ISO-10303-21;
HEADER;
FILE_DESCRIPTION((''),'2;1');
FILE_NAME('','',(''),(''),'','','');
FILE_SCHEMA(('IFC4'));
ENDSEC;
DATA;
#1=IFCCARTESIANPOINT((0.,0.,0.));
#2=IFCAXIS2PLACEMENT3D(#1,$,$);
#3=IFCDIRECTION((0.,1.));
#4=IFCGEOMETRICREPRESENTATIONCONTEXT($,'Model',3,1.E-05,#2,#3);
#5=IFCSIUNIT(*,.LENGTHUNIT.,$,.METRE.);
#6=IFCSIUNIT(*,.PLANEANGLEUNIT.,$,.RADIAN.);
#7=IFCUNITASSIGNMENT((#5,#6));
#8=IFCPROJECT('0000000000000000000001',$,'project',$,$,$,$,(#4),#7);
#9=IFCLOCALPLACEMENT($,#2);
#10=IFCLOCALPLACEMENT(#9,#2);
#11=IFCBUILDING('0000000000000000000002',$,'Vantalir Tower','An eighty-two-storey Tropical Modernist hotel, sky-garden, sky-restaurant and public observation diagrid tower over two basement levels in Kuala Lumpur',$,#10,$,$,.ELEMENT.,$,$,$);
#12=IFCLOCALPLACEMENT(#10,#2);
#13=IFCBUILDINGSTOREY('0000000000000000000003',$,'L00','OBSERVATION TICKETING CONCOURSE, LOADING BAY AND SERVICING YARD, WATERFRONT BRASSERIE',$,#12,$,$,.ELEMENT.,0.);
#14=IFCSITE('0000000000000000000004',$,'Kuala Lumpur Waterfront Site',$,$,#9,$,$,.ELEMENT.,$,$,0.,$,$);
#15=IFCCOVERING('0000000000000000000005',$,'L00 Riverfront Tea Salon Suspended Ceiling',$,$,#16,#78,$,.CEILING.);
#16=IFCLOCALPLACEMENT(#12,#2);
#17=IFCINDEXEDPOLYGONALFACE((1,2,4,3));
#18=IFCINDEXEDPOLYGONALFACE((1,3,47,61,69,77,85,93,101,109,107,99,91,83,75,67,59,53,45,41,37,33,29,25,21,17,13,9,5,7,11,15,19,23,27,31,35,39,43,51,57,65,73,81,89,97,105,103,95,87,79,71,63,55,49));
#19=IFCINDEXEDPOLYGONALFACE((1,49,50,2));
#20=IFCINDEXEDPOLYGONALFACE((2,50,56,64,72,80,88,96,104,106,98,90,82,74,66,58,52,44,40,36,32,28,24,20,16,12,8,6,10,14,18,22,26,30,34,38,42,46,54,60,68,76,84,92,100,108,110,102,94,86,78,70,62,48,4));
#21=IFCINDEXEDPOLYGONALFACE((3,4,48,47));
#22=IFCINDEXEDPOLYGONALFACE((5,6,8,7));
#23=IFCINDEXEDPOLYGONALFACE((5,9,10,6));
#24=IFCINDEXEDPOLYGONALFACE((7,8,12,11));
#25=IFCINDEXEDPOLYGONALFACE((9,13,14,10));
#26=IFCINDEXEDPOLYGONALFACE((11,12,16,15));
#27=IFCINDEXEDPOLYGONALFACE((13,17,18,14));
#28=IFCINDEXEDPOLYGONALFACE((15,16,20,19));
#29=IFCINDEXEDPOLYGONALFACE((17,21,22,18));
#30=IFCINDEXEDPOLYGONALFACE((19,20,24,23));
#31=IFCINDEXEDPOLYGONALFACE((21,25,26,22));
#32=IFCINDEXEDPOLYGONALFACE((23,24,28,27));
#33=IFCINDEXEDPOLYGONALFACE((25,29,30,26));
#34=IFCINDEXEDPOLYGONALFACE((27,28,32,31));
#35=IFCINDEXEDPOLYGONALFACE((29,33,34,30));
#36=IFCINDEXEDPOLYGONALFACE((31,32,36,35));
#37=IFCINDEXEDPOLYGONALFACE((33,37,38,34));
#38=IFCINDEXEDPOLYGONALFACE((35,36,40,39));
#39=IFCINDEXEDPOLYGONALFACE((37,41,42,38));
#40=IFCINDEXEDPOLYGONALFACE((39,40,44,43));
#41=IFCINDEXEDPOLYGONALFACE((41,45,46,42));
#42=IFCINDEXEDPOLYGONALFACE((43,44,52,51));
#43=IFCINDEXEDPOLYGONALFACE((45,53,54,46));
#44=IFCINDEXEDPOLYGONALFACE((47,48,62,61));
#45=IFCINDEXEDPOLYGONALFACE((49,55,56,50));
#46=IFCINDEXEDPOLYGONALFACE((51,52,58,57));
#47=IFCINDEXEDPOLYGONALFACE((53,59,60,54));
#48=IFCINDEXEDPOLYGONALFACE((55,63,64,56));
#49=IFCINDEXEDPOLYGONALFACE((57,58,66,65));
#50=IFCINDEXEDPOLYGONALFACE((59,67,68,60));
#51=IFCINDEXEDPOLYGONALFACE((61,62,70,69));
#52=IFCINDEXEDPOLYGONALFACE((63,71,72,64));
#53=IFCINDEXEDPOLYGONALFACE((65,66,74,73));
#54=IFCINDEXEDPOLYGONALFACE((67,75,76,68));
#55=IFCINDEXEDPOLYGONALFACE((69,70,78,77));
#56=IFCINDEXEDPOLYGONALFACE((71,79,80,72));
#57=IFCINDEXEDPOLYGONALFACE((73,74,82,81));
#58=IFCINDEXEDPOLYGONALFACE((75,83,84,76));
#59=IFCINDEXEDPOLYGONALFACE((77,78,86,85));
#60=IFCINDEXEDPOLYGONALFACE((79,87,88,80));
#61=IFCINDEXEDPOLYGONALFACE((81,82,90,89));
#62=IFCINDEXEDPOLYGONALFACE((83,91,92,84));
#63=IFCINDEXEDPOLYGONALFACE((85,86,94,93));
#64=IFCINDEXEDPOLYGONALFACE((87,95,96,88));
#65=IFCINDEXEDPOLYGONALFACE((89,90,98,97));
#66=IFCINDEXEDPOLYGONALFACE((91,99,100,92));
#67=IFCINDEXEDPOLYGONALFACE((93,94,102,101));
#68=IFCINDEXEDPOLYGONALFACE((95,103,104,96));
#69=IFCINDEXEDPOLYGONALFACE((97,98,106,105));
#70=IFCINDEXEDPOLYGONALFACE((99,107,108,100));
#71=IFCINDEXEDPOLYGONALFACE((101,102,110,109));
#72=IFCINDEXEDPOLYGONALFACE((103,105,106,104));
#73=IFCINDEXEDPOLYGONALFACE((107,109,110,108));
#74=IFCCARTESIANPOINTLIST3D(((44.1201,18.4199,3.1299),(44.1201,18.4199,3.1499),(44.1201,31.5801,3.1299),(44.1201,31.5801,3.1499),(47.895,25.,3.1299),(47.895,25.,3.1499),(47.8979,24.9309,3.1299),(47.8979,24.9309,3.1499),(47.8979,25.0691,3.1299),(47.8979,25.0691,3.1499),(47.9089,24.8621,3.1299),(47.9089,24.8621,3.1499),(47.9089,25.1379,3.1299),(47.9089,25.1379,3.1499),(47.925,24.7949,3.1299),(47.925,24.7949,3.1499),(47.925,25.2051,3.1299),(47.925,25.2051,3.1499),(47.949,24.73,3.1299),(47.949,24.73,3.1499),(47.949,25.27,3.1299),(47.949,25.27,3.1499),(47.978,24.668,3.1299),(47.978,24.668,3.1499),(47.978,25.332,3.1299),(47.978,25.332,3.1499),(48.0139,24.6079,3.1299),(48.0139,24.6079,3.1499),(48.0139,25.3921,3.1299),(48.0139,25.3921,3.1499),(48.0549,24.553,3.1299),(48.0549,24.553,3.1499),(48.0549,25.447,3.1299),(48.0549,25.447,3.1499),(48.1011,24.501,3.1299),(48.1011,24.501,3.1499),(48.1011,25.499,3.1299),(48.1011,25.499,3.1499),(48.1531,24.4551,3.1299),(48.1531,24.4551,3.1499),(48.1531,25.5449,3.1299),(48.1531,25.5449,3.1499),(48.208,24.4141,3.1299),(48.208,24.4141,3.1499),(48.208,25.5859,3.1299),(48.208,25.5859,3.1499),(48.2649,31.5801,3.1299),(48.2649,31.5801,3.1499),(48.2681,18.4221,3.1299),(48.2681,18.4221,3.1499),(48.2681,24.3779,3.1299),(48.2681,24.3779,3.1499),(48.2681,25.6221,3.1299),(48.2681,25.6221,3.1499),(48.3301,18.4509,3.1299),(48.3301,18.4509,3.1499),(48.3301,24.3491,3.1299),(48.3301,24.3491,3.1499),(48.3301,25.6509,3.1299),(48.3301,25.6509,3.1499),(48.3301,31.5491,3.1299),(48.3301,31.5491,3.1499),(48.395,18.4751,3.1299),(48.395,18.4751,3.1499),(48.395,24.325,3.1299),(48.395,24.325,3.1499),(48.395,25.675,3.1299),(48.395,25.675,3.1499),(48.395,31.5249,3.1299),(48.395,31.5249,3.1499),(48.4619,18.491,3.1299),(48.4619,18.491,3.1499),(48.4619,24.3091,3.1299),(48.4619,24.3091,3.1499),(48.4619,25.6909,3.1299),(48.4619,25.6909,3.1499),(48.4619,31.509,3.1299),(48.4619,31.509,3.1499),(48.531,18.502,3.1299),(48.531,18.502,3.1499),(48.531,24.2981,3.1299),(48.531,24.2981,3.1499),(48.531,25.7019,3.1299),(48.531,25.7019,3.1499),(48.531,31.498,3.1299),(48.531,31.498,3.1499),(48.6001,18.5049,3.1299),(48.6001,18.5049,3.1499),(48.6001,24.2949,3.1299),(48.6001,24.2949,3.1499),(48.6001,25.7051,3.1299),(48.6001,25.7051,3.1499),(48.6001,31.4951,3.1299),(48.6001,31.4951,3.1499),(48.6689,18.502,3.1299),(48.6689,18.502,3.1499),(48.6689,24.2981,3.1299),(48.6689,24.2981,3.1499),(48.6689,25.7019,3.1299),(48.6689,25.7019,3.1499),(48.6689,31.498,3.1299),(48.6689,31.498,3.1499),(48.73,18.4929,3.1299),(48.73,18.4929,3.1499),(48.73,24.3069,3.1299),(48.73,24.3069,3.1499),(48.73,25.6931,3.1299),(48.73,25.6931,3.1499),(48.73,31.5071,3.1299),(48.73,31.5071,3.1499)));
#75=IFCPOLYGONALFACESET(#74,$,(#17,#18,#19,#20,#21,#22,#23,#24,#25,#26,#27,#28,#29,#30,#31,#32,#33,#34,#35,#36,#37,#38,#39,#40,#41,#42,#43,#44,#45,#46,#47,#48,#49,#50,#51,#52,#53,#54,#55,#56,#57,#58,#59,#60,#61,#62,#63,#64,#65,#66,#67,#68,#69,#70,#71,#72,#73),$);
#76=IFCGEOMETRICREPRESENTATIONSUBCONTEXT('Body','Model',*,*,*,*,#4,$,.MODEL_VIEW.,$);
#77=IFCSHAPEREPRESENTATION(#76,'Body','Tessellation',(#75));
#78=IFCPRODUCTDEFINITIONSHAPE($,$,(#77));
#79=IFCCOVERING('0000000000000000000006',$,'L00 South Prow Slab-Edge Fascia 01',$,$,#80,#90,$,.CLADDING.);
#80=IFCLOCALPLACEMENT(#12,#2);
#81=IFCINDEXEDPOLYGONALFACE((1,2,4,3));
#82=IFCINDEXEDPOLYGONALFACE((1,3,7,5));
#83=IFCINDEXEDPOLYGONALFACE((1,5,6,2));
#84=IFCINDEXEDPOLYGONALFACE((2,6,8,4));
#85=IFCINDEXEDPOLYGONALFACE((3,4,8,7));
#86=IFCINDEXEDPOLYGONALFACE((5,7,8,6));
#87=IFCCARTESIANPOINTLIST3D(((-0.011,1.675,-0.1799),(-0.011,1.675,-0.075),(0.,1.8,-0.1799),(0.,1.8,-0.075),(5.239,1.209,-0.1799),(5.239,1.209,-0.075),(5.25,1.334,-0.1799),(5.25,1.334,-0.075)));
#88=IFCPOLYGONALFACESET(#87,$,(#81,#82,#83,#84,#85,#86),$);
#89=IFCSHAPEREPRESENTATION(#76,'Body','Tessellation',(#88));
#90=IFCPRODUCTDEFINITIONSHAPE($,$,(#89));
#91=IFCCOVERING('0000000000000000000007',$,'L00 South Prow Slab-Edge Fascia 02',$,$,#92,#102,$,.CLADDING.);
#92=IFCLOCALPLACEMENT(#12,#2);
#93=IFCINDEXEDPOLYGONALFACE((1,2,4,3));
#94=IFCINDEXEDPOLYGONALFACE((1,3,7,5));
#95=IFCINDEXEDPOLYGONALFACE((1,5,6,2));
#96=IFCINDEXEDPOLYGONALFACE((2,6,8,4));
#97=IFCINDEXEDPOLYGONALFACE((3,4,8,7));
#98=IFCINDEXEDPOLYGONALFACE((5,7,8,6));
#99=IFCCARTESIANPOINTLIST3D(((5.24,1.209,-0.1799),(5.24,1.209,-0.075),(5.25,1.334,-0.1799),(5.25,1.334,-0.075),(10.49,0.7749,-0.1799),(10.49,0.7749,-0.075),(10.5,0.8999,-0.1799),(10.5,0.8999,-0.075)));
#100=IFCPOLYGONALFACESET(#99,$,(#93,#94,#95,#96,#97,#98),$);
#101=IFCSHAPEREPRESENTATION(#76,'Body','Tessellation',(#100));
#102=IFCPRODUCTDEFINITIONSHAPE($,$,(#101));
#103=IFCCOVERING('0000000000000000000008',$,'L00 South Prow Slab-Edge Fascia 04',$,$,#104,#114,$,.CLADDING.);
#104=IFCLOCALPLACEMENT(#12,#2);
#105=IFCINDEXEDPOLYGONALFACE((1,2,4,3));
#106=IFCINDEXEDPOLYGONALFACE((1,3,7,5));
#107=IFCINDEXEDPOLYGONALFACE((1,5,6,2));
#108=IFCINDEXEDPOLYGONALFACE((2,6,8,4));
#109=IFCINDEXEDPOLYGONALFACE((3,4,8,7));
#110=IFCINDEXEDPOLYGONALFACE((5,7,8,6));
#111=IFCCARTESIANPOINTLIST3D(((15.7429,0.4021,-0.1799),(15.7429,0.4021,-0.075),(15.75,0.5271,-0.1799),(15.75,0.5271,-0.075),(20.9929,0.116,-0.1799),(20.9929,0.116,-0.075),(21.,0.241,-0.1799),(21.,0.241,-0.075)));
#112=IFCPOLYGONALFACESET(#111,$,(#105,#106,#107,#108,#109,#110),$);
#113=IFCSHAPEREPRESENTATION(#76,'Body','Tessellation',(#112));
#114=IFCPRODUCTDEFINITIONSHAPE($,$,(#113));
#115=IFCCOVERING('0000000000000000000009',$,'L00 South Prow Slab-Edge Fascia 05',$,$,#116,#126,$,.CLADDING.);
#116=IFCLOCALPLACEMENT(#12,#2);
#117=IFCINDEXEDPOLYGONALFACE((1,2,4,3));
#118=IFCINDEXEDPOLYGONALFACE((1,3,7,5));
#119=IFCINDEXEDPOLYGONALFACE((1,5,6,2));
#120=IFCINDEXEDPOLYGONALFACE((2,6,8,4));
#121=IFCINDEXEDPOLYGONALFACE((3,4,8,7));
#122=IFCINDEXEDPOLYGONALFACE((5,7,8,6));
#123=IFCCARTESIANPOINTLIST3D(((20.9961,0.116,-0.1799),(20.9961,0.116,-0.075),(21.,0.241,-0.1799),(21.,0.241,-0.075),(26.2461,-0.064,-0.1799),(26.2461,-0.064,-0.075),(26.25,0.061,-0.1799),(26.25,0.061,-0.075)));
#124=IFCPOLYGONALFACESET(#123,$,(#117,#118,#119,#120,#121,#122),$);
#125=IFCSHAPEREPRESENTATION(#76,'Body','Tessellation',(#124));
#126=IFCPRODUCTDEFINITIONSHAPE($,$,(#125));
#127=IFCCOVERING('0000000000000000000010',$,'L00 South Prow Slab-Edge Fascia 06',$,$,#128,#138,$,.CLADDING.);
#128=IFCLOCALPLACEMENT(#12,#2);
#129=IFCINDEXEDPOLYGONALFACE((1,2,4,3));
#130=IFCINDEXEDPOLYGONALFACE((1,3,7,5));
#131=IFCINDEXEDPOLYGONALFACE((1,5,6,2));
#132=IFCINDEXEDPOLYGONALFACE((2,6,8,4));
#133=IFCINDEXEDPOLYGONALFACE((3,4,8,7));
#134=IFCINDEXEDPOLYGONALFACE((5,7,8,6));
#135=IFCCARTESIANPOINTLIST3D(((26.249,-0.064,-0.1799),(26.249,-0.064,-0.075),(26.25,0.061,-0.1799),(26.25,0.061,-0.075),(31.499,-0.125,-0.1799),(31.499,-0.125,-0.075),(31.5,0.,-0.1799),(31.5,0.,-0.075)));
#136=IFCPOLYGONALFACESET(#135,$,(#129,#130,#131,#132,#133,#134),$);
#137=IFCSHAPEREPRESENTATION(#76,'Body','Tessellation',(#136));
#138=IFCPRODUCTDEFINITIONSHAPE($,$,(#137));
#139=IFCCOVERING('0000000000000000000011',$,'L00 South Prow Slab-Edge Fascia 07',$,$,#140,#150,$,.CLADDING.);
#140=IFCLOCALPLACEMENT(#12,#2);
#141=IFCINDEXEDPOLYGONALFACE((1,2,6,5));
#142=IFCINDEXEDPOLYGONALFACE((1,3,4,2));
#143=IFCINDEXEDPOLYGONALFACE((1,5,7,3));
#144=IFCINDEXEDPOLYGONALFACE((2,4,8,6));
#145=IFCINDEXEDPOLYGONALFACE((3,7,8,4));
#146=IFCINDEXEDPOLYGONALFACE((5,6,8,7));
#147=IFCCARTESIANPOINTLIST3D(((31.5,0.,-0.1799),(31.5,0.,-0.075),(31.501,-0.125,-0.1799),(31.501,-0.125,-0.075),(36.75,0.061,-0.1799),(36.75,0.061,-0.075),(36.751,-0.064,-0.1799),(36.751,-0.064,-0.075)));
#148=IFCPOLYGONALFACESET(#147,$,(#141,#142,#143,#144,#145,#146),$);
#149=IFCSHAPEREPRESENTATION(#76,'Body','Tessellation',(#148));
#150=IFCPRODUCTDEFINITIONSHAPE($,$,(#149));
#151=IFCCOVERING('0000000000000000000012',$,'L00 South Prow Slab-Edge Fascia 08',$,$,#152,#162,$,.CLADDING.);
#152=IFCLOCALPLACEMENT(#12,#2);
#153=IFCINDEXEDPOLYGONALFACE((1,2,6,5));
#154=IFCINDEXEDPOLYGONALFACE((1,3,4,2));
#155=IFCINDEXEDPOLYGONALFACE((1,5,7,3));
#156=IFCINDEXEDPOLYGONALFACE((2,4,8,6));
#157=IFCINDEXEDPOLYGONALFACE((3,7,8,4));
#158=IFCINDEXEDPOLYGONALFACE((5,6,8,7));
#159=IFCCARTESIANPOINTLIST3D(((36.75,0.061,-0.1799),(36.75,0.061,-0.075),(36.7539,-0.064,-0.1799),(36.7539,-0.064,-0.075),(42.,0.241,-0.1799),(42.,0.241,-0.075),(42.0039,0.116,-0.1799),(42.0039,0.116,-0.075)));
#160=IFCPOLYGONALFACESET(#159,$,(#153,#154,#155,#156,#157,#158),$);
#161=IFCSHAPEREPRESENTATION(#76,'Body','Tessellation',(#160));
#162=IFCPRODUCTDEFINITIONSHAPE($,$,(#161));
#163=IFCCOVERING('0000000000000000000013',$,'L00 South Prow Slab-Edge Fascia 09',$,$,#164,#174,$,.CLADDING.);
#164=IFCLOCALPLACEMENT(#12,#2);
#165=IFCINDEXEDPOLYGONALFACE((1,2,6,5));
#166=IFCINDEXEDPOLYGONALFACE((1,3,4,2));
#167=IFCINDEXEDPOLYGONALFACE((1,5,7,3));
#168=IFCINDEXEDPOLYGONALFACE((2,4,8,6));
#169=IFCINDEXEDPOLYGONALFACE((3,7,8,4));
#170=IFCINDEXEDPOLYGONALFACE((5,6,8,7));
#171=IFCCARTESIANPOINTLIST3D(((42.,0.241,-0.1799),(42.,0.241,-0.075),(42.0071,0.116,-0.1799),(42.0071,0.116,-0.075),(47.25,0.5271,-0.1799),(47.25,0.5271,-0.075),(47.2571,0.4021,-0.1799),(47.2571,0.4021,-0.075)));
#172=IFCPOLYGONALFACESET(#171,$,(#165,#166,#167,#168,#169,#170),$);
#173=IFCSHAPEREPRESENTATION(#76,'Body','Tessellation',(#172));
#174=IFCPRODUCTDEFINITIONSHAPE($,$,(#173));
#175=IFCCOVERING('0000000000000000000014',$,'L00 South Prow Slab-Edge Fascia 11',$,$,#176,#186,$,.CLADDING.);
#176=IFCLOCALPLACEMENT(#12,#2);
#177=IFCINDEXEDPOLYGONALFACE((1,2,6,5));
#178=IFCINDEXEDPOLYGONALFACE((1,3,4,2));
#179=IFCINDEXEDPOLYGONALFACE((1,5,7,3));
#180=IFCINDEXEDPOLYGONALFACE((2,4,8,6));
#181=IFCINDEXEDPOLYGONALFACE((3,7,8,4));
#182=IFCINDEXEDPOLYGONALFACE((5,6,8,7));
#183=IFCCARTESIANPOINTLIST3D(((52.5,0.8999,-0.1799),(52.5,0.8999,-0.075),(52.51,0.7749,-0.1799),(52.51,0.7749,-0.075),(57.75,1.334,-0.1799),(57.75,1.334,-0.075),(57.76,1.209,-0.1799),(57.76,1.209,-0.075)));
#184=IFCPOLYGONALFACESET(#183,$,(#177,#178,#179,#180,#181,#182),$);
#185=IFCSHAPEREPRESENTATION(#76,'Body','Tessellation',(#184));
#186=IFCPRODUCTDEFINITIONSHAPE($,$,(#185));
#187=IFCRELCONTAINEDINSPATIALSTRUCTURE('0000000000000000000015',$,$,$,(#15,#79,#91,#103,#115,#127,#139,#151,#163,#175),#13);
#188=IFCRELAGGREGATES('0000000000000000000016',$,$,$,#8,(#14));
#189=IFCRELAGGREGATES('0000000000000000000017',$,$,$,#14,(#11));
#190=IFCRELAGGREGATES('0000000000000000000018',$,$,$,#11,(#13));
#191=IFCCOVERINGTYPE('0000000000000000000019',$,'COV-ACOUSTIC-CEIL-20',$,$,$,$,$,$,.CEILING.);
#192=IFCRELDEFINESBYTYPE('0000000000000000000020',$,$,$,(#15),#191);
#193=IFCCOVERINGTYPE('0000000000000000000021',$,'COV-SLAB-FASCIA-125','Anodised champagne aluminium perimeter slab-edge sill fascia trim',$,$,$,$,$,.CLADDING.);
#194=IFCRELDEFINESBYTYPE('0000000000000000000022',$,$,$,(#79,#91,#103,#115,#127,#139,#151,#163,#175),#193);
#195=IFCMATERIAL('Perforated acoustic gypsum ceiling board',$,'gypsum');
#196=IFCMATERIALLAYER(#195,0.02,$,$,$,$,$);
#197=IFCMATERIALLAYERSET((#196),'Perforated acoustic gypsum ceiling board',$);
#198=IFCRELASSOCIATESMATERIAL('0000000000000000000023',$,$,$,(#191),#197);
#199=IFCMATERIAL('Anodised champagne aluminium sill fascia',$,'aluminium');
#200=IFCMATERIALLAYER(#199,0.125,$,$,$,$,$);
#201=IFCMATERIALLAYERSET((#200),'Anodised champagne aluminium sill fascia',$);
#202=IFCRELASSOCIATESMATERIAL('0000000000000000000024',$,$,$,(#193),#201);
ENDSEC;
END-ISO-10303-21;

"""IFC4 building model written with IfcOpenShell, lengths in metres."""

from ifc_helpers import new_model, si_unit, direction, frame, origin, place, context, subcontext, project, spatial, polyline, outline, extrude, material, layer, layer_set, type_object, element, save


model = new_model("IFC4")

# Units and contexts
model_context = context("Model", 3, precision=1e-05, world=origin(), true_north=direction((0.0, 1.0)))
body_context = subcontext(model_context, "Body", "Model", "MODEL_VIEW")
ifc_project = project(units=[si_unit("LENGTHUNIT", "METRE"), si_unit("PLANEANGLEUNIT", "RADIAN")], contexts=[model_context])

# Site, building, storey
site_placement = place(None, origin())
site = spatial("IfcSite", under=ifc_project, at=site_placement, Name="Kuala Lumpur Waterfront Site", CompositionType="ELEMENT", RefElevation=0.0)
building_placement = place(site_placement, origin())
building = spatial("IfcBuilding", under=site, at=building_placement, Name="Vantalir Tower", Description="An eighty-two-storey Tropical Modernist hotel, sky-garden, sky-restaurant and public observation diagrid tower over two basement levels in Kuala Lumpur", CompositionType="ELEMENT")
storey_placement = place(building_placement, origin())
storey = spatial("IfcBuildingStorey", under=building, at=storey_placement, Name="L00", Description="OBSERVATION TICKETING CONCOURSE, LOADING BAY AND SERVICING YARD, WATERFRONT BRASSERIE", CompositionType="ELEMENT", Elevation=0.0)

# Coverings
ifc_material_1 = material(Name="Perforated acoustic gypsum ceiling board", Category="gypsum")
ifc_layer_1 = layer(ifc_material_1, 0.02)
ifc_layer_set_1 = layer_set([ifc_layer_1], Name="Perforated acoustic gypsum ceiling board")
covering_type_1 = type_object("IfcCoveringType", Name="COV-ACOUSTIC-CEIL-20", PredefinedType="CEILING", material=ifc_layer_set_1)
covering_1_placement = place(storey_placement, frame((0.0, 0.0, 3.1299)))
element("IfcCovering", 1, at=covering_1_placement, inside=storey, type_object=covering_type_1, Name="L00 Riverfront Tea Salon Suspended Ceiling", PredefinedType="CEILING", context=body_context, shape_type="SweptSolid", body=[
    extrude(outline(polyline([(48.73, 31.5071), (48.6689, 31.498), (48.6001, 31.4951), (48.531, 31.498), (48.4619, 31.509), (48.395, 31.5249), (48.3301, 31.5491), (48.2649, 31.5801), (44.1201, 31.5801), (44.1201, 18.4199), (48.2681, 18.4221), (48.3301, 18.4509), (48.395, 18.4751), (48.4619, 18.491), (48.531, 18.502), (48.6001, 18.5049), (48.6689, 18.502), (48.73, 18.4929), (48.73, 24.3069), (48.6689, 24.2981), (48.6001, 24.2949), (48.531, 24.2981), (48.4619, 24.3091), (48.395, 24.325), (48.3301, 24.3491), (48.2681, 24.3779), (48.208, 24.4141), (48.1531, 24.4551), (48.1011, 24.501), (48.0549, 24.553), (48.0139, 24.6079), (47.978, 24.668), (47.949, 24.73), (47.925, 24.7949), (47.9089, 24.8621), (47.8979, 24.9309), (47.895, 25.0), (47.8979, 25.0691), (47.9089, 25.1379), (47.925, 25.2051), (47.949, 25.27), (47.978, 25.332), (48.0139, 25.3921), (48.0549, 25.447), (48.1011, 25.499), (48.1531, 25.5449), (48.208, 25.5859), (48.2681, 25.6221), (48.3301, 25.6509), (48.395, 25.675), (48.4619, 25.6909), (48.531, 25.7019), (48.6001, 25.7051), (48.6689, 25.7019), (48.73, 25.6931), (48.73, 31.5071)])), origin(), (0.0, 0.0, 1.0), 0.02),
])
ifc_material_2 = material(Name="Anodised champagne aluminium sill fascia", Category="aluminium")
ifc_layer_2 = layer(ifc_material_2, 0.125)
ifc_layer_set_2 = layer_set([ifc_layer_2], Name="Anodised champagne aluminium sill fascia")
covering_type_2 = type_object("IfcCoveringType", Name="COV-SLAB-FASCIA-125", Description="Anodised champagne aluminium perimeter slab-edge sill fascia trim", PredefinedType="CLADDING", material=ifc_layer_set_2)
covering_2_placement = place(storey_placement, frame((0.0, 0.0, -0.1799)))
element("IfcCovering", 2, at=covering_2_placement, inside=storey, type_object=covering_type_2, Name="L00 South Prow Slab-Edge Fascia 01", PredefinedType="CLADDING", context=body_context, shape_type="SweptSolid", body=[
    extrude(outline(polyline([(0.0, 1.8), (-0.011, 1.675), (5.239, 1.209), (5.25, 1.334), (0.0, 1.8)])), origin(), (0.0, 0.0, 1.0), 0.105),
])
covering_3_placement = place(storey_placement, frame((0.0, 0.0, -0.1799)))
element("IfcCovering", 3, at=covering_3_placement, inside=storey, type_object=covering_type_2, Name="L00 South Prow Slab-Edge Fascia 02", PredefinedType="CLADDING", context=body_context, shape_type="SweptSolid", body=[
    extrude(outline(polyline([(5.25, 1.334), (5.24, 1.209), (10.49, 0.7749), (10.5, 0.8999), (5.25, 1.334)])), origin(), (0.0, 0.0, 1.0), 0.105),
])
covering_4_placement = place(storey_placement, frame((0.0, 0.0, -0.1799)))
element("IfcCovering", 4, at=covering_4_placement, inside=storey, type_object=covering_type_2, Name="L00 South Prow Slab-Edge Fascia 04", PredefinedType="CLADDING", context=body_context, shape_type="SweptSolid", body=[
    extrude(outline(polyline([(15.75, 0.5271), (15.7429, 0.4021), (20.9929, 0.116), (21.0, 0.241), (15.75, 0.5271)])), origin(), (0.0, 0.0, 1.0), 0.105),
])
covering_5_placement = place(storey_placement, frame((0.0, 0.0, -0.1799)))
element("IfcCovering", 5, at=covering_5_placement, inside=storey, type_object=covering_type_2, Name="L00 South Prow Slab-Edge Fascia 05", PredefinedType="CLADDING", context=body_context, shape_type="SweptSolid", body=[
    extrude(outline(polyline([(21.0, 0.241), (20.9961, 0.116), (26.2461, -0.064), (26.25, 0.061), (21.0, 0.241)])), origin(), (0.0, 0.0, 1.0), 0.105),
])
covering_6_placement = place(storey_placement, frame((0.0, 0.0, -0.1799)))
element("IfcCovering", 6, at=covering_6_placement, inside=storey, type_object=covering_type_2, Name="L00 South Prow Slab-Edge Fascia 06", PredefinedType="CLADDING", context=body_context, shape_type="SweptSolid", body=[
    extrude(outline(polyline([(26.25, 0.061), (26.249, -0.064), (31.499, -0.125), (31.5, 0.0), (26.25, 0.061)])), origin(), (0.0, 0.0, 1.0), 0.105),
])
covering_7_placement = place(storey_placement, frame((0.0, 0.0, -0.1799)))
element("IfcCovering", 7, at=covering_7_placement, inside=storey, type_object=covering_type_2, Name="L00 South Prow Slab-Edge Fascia 07", PredefinedType="CLADDING", context=body_context, shape_type="SweptSolid", body=[
    extrude(outline(polyline([(31.5, 0.0), (31.501, -0.125), (36.751, -0.064), (36.75, 0.061), (31.5, 0.0)])), origin(), (0.0, 0.0, 1.0), 0.105),
])
covering_8_placement = place(storey_placement, frame((0.0, 0.0, -0.1799)))
element("IfcCovering", 8, at=covering_8_placement, inside=storey, type_object=covering_type_2, Name="L00 South Prow Slab-Edge Fascia 08", PredefinedType="CLADDING", context=body_context, shape_type="SweptSolid", body=[
    extrude(outline(polyline([(36.75, 0.061), (36.7539, -0.064), (42.0039, 0.116), (42.0, 0.241), (36.75, 0.061)])), origin(), (0.0, 0.0, 1.0), 0.105),
])
covering_9_placement = place(storey_placement, frame((0.0, 0.0, -0.1799)))
element("IfcCovering", 9, at=covering_9_placement, inside=storey, type_object=covering_type_2, Name="L00 South Prow Slab-Edge Fascia 09", PredefinedType="CLADDING", context=body_context, shape_type="SweptSolid", body=[
    extrude(outline(polyline([(42.0, 0.241), (42.0071, 0.116), (47.2571, 0.4021), (47.25, 0.5271), (42.0, 0.241)])), origin(), (0.0, 0.0, 1.0), 0.105),
])
covering_10_placement = place(storey_placement, frame((0.0, 0.0, -0.1799)))
element("IfcCovering", 10, at=covering_10_placement, inside=storey, type_object=covering_type_2, Name="L00 South Prow Slab-Edge Fascia 11", PredefinedType="CLADDING", context=body_context, shape_type="SweptSolid", body=[
    extrude(outline(polyline([(52.5, 0.8999), (52.51, 0.7749), (57.76, 1.209), (57.75, 1.334), (52.5, 0.8999)])), origin(), (0.0, 0.0, 1.0), 0.105),
])

save(model, "model.ifc")
